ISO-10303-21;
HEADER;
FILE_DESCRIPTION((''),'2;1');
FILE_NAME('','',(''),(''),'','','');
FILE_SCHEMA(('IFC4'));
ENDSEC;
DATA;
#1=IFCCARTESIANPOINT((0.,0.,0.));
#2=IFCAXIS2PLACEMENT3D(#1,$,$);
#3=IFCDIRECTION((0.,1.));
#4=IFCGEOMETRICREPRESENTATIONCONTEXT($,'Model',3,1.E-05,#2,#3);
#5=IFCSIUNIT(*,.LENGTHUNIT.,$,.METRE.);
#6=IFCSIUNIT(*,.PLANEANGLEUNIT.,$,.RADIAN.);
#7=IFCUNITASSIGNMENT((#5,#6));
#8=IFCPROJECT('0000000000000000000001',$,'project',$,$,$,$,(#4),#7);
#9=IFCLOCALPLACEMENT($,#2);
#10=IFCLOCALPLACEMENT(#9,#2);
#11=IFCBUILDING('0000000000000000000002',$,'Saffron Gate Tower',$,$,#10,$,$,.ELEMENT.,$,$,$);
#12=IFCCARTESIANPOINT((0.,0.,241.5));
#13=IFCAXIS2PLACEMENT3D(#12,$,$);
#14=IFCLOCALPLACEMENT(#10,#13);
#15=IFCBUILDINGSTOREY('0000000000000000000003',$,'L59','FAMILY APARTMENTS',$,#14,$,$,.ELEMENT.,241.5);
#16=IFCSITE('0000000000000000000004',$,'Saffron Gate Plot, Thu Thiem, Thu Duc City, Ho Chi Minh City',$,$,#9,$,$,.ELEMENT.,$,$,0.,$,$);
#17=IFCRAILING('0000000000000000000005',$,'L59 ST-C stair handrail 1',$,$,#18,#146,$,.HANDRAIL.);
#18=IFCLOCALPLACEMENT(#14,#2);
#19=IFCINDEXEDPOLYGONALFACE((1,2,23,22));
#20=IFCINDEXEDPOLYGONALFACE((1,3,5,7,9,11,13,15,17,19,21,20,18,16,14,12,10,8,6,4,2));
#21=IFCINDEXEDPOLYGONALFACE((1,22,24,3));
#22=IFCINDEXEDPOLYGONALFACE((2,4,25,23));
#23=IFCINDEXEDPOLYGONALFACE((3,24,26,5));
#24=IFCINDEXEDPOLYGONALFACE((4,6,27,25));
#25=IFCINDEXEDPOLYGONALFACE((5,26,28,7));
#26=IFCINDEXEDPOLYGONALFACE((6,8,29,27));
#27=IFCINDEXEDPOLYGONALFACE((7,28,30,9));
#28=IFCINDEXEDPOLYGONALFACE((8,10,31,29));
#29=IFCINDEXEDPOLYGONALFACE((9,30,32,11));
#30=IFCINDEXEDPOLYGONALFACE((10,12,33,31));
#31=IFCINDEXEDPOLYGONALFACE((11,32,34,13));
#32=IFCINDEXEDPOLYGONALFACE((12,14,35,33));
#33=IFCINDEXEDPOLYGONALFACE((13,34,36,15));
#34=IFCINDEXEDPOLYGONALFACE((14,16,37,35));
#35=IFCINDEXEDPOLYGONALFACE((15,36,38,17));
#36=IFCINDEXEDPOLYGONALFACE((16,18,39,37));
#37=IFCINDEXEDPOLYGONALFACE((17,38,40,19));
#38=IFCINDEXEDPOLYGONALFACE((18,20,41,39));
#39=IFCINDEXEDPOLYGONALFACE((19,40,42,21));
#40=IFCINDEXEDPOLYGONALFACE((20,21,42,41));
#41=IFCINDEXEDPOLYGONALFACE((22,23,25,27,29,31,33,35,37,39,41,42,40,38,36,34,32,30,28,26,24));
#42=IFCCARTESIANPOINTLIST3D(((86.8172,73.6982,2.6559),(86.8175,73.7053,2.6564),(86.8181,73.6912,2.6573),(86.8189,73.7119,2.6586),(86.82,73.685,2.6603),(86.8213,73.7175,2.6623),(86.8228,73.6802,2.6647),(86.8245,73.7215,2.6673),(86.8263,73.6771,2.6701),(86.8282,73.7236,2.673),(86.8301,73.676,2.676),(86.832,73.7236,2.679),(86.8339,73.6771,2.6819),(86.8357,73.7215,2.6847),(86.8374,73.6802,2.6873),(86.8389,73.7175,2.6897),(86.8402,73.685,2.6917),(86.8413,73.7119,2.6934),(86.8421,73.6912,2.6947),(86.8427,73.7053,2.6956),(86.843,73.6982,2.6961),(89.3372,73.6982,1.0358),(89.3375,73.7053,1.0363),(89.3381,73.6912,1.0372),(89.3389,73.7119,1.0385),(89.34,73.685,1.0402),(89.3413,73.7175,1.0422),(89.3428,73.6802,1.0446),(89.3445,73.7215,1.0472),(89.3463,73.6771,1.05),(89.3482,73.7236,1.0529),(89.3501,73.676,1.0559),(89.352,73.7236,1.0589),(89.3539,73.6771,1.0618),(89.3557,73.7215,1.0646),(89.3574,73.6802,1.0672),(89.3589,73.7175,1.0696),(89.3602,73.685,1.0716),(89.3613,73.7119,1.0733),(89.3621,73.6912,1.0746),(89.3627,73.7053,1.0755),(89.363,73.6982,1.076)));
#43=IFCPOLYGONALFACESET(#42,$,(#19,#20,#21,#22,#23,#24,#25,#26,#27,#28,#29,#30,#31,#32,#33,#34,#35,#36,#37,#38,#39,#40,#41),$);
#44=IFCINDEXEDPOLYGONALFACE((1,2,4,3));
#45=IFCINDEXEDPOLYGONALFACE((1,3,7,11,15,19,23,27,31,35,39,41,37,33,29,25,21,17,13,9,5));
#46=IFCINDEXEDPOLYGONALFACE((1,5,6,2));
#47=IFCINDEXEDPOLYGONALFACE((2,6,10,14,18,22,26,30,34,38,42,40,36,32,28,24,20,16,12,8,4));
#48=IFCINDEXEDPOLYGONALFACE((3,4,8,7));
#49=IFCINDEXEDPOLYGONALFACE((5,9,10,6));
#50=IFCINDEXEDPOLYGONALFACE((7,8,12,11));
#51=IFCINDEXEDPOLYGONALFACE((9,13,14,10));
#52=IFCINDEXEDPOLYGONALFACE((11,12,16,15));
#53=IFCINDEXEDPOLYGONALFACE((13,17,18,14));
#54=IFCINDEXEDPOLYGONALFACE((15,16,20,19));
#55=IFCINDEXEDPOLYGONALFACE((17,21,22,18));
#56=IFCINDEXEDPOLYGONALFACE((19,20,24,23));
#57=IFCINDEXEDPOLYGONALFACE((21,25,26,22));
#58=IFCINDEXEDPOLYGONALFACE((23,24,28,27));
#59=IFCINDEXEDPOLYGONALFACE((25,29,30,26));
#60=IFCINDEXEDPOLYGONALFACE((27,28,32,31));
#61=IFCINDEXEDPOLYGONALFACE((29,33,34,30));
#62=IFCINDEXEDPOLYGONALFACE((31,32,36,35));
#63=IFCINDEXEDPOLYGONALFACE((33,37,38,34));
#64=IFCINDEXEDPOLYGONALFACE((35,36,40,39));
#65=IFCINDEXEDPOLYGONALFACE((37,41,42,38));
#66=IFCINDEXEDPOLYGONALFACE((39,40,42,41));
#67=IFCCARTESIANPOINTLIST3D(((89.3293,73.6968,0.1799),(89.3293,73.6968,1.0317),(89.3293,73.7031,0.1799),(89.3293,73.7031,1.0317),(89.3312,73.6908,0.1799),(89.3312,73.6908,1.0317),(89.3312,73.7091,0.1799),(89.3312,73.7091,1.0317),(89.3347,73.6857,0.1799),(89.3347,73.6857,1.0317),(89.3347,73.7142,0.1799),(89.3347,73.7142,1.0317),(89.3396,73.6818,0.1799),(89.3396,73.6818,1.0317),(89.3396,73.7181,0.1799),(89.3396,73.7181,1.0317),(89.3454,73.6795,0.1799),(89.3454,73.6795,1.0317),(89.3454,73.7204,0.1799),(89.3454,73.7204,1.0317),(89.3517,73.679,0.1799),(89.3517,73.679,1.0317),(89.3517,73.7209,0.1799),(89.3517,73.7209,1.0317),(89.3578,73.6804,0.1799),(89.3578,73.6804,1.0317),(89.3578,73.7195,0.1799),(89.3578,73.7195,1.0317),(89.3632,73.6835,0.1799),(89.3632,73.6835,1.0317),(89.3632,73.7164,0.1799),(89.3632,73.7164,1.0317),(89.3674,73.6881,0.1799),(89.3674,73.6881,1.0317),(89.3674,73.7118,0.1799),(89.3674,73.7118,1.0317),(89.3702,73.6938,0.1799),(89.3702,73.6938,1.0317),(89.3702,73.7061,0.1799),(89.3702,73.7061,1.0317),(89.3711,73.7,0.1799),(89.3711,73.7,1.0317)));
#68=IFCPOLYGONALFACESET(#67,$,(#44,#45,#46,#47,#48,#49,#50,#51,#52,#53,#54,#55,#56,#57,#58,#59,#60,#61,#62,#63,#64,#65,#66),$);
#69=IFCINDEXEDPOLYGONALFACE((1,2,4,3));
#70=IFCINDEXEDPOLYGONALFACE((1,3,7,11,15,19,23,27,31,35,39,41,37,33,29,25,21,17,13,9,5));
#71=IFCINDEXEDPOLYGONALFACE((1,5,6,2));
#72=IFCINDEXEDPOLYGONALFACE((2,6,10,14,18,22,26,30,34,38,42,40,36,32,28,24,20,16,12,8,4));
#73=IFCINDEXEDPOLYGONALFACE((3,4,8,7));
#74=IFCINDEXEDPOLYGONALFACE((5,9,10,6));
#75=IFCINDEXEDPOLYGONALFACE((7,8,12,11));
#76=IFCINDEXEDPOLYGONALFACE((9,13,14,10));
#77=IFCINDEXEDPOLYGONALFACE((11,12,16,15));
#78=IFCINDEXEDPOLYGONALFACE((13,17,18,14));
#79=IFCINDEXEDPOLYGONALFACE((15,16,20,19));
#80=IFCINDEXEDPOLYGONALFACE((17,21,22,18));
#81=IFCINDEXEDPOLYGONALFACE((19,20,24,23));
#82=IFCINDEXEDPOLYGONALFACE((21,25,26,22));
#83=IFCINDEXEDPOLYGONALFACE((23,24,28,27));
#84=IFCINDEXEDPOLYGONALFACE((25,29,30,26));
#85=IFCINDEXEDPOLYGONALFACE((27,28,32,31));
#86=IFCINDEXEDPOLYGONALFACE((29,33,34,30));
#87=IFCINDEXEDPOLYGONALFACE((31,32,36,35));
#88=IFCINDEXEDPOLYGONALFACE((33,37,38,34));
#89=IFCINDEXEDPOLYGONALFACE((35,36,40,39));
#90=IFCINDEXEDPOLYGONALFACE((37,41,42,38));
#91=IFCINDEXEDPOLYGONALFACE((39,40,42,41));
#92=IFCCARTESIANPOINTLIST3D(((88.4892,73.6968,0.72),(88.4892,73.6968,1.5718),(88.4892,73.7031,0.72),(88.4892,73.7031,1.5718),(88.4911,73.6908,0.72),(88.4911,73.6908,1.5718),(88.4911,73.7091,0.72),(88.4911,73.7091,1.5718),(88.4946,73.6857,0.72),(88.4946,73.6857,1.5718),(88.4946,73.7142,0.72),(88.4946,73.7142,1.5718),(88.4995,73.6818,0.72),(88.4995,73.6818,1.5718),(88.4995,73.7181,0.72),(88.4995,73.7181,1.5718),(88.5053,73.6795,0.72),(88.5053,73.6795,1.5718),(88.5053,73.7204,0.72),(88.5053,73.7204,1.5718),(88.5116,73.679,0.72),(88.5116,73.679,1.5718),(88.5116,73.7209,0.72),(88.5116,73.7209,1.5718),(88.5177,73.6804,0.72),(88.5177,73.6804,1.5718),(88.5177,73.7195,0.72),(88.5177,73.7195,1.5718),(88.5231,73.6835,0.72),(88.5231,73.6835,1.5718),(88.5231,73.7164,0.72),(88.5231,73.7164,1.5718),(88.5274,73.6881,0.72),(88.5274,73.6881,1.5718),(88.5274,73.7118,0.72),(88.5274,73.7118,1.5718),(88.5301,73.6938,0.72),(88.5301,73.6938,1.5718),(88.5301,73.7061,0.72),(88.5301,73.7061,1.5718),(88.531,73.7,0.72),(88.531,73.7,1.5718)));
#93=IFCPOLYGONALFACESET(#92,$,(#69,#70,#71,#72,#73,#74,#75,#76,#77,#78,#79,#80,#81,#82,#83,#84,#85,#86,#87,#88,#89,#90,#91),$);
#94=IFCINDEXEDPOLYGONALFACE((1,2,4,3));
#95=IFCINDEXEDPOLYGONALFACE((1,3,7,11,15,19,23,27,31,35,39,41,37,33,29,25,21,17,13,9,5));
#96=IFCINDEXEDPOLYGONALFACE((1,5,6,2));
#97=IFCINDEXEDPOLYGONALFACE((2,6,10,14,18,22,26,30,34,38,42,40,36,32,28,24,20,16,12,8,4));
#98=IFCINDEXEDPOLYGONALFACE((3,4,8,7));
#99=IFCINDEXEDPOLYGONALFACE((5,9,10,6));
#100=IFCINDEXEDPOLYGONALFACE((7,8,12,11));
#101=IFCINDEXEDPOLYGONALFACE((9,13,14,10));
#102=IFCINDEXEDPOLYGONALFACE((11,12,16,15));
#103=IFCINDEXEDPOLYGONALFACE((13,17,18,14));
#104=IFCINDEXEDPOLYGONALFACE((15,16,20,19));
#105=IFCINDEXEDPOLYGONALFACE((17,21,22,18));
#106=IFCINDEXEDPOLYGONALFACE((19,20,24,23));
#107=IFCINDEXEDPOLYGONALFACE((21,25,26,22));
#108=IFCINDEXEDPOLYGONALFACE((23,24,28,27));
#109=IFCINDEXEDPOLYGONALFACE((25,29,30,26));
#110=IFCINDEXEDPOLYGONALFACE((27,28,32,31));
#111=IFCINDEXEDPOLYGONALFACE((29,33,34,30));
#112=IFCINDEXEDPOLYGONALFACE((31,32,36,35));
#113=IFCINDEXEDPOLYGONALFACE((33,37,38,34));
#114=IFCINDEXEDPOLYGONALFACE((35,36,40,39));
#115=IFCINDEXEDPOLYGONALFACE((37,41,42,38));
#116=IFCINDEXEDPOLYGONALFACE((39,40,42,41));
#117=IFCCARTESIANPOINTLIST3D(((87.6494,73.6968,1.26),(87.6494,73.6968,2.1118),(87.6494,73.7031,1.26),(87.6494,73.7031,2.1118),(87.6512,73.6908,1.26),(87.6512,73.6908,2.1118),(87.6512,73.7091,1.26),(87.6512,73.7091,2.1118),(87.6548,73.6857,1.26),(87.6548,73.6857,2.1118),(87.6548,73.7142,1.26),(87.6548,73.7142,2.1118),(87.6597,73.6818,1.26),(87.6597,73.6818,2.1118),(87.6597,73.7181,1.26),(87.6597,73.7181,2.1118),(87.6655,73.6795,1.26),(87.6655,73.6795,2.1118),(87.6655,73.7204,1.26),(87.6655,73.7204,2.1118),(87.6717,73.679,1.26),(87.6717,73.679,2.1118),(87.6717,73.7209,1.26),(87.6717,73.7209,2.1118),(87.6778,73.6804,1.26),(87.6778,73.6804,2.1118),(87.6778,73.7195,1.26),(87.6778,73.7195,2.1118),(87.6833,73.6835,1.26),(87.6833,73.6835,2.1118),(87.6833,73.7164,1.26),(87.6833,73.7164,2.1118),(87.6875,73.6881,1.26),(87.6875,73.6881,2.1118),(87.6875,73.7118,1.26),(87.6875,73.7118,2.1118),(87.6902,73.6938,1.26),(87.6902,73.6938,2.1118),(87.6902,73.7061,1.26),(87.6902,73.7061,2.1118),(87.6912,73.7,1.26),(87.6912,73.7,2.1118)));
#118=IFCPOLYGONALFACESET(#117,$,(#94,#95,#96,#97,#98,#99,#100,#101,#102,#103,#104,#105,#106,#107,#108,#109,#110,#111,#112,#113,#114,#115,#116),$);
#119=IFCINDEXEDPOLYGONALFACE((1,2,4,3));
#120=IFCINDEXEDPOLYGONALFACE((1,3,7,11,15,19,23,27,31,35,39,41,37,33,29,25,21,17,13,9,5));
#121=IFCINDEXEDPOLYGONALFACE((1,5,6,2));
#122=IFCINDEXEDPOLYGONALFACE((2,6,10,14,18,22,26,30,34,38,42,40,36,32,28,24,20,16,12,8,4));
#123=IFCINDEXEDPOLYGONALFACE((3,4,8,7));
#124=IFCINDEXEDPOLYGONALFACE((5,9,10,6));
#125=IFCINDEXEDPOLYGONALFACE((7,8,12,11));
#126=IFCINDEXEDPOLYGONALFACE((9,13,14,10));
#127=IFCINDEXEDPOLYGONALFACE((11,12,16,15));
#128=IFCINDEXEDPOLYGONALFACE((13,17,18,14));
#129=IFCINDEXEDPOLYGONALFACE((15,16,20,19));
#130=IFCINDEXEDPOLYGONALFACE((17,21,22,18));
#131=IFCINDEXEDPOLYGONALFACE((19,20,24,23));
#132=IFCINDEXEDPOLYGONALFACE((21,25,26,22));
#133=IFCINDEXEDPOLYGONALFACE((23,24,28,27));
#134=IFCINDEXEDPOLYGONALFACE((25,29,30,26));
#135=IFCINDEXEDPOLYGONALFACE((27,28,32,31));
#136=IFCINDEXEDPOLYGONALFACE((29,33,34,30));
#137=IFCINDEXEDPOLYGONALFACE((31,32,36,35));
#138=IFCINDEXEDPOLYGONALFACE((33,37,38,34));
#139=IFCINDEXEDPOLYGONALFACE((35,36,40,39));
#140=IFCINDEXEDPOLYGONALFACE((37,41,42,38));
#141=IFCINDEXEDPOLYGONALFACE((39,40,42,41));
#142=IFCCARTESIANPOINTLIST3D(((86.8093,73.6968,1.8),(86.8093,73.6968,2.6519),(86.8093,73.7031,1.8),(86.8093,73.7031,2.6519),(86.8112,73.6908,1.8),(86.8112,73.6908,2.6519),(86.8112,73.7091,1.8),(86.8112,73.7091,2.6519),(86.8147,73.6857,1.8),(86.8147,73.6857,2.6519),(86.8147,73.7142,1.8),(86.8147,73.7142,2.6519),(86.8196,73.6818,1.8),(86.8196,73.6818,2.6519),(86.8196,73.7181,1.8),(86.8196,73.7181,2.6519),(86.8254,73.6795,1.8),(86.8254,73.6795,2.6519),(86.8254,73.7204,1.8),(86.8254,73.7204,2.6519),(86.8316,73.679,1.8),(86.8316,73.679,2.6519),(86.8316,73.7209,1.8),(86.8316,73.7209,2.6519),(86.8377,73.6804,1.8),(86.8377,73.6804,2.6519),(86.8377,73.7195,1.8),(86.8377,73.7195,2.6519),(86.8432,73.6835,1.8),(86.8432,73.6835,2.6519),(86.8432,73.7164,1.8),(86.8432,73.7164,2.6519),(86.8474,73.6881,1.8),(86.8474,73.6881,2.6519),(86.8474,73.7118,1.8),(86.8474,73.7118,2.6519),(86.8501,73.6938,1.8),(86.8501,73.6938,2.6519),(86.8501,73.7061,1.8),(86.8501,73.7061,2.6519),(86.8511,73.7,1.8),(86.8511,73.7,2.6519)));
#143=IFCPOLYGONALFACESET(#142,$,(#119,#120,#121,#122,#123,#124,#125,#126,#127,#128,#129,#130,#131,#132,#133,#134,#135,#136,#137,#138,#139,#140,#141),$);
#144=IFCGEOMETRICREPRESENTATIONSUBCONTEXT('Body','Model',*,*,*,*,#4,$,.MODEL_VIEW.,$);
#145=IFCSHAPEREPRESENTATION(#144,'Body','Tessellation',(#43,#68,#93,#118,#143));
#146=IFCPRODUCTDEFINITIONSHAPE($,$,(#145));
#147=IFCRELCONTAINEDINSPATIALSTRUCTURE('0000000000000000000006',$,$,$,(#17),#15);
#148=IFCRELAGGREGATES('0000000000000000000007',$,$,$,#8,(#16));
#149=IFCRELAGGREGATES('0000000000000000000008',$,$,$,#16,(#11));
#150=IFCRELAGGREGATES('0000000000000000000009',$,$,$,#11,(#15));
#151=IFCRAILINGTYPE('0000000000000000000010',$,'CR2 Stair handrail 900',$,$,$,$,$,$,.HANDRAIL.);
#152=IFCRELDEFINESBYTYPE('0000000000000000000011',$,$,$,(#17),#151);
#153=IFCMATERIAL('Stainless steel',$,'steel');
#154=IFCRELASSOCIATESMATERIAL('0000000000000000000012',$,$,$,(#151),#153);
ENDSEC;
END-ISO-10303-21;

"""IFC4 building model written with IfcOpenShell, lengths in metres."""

from ifc_helpers import new_model, si_unit, direction, frame, origin, origin_2d, place, context, subcontext, project, spatial, circle, extrude, material, type_object, element, save


model = new_model("IFC4")

# Units and contexts
model_context = context("Model", 3, precision=1e-05, world=origin(), true_north=direction((0.0, 1.0)))
body_context = subcontext(model_context, "Body", "Model", "MODEL_VIEW")
ifc_project = project(units=[si_unit("LENGTHUNIT", "METRE"), si_unit("PLANEANGLEUNIT", "RADIAN")], contexts=[model_context])

# Site, building, storey
site_placement = place(None, origin())
site = spatial("IfcSite", under=ifc_project, at=site_placement, Name="Saffron Gate Plot, Thu Thiem, Thu Duc City, Ho Chi Minh City", CompositionType="ELEMENT", RefElevation=0.0)
building_placement = place(site_placement, origin())
building = spatial("IfcBuilding", under=site, at=building_placement, Name="Saffron Gate Tower", CompositionType="ELEMENT")
storey_placement = place(building_placement, frame((0.0, 0.0, 241.5)))
storey = spatial("IfcBuildingStorey", under=building, at=storey_placement, Name="L59", Description="FAMILY APARTMENTS", CompositionType="ELEMENT", Elevation=241.5)

# Railing
ifc_material_1 = material(Name="Stainless steel", Category="steel")
railing_type_1 = type_object("IfcRailingType", Name="CR2 Stair handrail 900", PredefinedType="HANDRAIL", material=ifc_material_1)
railing_1_placement = place(storey_placement, frame((89.3501, 73.7, 0.1799)))
element("IfcRailing", 1, at=railing_1_placement, inside=storey, type_object=railing_type_1, Name="L59 ST-C stair handrail 1", PredefinedType="HANDRAIL", context=body_context, shape_type="SweptSolid", body=[
    extrude(circle(Radius=0.0239, at=origin_2d()), frame((0.0, 0.0, 0.876), z_axis=(-0.841163, 0.0, 0.540782), x_axis=(0.0, -1.0, 0.0)), (0.0, 0.0, 1.0), 2.9958),
    extrude(circle(Radius=0.021, at=origin_2d()), origin(), (0.0, 0.0, 1.0), 0.8518),
    extrude(circle(Radius=0.021, at=origin_2d()), frame((-0.8401, 0.0, 0.54)), (0.0, 0.0, 1.0), 0.8518),
    extrude(circle(Radius=0.021, at=origin_2d()), frame((-1.6799, 0.0, 1.0801)), (0.0, 0.0, 1.0), 0.8518),
    extrude(circle(Radius=0.021, at=origin_2d()), frame((-2.52, 0.0, 1.6201)), (0.0, 0.0, 1.0), 0.8518),
])

save(model, "model.ifc")
